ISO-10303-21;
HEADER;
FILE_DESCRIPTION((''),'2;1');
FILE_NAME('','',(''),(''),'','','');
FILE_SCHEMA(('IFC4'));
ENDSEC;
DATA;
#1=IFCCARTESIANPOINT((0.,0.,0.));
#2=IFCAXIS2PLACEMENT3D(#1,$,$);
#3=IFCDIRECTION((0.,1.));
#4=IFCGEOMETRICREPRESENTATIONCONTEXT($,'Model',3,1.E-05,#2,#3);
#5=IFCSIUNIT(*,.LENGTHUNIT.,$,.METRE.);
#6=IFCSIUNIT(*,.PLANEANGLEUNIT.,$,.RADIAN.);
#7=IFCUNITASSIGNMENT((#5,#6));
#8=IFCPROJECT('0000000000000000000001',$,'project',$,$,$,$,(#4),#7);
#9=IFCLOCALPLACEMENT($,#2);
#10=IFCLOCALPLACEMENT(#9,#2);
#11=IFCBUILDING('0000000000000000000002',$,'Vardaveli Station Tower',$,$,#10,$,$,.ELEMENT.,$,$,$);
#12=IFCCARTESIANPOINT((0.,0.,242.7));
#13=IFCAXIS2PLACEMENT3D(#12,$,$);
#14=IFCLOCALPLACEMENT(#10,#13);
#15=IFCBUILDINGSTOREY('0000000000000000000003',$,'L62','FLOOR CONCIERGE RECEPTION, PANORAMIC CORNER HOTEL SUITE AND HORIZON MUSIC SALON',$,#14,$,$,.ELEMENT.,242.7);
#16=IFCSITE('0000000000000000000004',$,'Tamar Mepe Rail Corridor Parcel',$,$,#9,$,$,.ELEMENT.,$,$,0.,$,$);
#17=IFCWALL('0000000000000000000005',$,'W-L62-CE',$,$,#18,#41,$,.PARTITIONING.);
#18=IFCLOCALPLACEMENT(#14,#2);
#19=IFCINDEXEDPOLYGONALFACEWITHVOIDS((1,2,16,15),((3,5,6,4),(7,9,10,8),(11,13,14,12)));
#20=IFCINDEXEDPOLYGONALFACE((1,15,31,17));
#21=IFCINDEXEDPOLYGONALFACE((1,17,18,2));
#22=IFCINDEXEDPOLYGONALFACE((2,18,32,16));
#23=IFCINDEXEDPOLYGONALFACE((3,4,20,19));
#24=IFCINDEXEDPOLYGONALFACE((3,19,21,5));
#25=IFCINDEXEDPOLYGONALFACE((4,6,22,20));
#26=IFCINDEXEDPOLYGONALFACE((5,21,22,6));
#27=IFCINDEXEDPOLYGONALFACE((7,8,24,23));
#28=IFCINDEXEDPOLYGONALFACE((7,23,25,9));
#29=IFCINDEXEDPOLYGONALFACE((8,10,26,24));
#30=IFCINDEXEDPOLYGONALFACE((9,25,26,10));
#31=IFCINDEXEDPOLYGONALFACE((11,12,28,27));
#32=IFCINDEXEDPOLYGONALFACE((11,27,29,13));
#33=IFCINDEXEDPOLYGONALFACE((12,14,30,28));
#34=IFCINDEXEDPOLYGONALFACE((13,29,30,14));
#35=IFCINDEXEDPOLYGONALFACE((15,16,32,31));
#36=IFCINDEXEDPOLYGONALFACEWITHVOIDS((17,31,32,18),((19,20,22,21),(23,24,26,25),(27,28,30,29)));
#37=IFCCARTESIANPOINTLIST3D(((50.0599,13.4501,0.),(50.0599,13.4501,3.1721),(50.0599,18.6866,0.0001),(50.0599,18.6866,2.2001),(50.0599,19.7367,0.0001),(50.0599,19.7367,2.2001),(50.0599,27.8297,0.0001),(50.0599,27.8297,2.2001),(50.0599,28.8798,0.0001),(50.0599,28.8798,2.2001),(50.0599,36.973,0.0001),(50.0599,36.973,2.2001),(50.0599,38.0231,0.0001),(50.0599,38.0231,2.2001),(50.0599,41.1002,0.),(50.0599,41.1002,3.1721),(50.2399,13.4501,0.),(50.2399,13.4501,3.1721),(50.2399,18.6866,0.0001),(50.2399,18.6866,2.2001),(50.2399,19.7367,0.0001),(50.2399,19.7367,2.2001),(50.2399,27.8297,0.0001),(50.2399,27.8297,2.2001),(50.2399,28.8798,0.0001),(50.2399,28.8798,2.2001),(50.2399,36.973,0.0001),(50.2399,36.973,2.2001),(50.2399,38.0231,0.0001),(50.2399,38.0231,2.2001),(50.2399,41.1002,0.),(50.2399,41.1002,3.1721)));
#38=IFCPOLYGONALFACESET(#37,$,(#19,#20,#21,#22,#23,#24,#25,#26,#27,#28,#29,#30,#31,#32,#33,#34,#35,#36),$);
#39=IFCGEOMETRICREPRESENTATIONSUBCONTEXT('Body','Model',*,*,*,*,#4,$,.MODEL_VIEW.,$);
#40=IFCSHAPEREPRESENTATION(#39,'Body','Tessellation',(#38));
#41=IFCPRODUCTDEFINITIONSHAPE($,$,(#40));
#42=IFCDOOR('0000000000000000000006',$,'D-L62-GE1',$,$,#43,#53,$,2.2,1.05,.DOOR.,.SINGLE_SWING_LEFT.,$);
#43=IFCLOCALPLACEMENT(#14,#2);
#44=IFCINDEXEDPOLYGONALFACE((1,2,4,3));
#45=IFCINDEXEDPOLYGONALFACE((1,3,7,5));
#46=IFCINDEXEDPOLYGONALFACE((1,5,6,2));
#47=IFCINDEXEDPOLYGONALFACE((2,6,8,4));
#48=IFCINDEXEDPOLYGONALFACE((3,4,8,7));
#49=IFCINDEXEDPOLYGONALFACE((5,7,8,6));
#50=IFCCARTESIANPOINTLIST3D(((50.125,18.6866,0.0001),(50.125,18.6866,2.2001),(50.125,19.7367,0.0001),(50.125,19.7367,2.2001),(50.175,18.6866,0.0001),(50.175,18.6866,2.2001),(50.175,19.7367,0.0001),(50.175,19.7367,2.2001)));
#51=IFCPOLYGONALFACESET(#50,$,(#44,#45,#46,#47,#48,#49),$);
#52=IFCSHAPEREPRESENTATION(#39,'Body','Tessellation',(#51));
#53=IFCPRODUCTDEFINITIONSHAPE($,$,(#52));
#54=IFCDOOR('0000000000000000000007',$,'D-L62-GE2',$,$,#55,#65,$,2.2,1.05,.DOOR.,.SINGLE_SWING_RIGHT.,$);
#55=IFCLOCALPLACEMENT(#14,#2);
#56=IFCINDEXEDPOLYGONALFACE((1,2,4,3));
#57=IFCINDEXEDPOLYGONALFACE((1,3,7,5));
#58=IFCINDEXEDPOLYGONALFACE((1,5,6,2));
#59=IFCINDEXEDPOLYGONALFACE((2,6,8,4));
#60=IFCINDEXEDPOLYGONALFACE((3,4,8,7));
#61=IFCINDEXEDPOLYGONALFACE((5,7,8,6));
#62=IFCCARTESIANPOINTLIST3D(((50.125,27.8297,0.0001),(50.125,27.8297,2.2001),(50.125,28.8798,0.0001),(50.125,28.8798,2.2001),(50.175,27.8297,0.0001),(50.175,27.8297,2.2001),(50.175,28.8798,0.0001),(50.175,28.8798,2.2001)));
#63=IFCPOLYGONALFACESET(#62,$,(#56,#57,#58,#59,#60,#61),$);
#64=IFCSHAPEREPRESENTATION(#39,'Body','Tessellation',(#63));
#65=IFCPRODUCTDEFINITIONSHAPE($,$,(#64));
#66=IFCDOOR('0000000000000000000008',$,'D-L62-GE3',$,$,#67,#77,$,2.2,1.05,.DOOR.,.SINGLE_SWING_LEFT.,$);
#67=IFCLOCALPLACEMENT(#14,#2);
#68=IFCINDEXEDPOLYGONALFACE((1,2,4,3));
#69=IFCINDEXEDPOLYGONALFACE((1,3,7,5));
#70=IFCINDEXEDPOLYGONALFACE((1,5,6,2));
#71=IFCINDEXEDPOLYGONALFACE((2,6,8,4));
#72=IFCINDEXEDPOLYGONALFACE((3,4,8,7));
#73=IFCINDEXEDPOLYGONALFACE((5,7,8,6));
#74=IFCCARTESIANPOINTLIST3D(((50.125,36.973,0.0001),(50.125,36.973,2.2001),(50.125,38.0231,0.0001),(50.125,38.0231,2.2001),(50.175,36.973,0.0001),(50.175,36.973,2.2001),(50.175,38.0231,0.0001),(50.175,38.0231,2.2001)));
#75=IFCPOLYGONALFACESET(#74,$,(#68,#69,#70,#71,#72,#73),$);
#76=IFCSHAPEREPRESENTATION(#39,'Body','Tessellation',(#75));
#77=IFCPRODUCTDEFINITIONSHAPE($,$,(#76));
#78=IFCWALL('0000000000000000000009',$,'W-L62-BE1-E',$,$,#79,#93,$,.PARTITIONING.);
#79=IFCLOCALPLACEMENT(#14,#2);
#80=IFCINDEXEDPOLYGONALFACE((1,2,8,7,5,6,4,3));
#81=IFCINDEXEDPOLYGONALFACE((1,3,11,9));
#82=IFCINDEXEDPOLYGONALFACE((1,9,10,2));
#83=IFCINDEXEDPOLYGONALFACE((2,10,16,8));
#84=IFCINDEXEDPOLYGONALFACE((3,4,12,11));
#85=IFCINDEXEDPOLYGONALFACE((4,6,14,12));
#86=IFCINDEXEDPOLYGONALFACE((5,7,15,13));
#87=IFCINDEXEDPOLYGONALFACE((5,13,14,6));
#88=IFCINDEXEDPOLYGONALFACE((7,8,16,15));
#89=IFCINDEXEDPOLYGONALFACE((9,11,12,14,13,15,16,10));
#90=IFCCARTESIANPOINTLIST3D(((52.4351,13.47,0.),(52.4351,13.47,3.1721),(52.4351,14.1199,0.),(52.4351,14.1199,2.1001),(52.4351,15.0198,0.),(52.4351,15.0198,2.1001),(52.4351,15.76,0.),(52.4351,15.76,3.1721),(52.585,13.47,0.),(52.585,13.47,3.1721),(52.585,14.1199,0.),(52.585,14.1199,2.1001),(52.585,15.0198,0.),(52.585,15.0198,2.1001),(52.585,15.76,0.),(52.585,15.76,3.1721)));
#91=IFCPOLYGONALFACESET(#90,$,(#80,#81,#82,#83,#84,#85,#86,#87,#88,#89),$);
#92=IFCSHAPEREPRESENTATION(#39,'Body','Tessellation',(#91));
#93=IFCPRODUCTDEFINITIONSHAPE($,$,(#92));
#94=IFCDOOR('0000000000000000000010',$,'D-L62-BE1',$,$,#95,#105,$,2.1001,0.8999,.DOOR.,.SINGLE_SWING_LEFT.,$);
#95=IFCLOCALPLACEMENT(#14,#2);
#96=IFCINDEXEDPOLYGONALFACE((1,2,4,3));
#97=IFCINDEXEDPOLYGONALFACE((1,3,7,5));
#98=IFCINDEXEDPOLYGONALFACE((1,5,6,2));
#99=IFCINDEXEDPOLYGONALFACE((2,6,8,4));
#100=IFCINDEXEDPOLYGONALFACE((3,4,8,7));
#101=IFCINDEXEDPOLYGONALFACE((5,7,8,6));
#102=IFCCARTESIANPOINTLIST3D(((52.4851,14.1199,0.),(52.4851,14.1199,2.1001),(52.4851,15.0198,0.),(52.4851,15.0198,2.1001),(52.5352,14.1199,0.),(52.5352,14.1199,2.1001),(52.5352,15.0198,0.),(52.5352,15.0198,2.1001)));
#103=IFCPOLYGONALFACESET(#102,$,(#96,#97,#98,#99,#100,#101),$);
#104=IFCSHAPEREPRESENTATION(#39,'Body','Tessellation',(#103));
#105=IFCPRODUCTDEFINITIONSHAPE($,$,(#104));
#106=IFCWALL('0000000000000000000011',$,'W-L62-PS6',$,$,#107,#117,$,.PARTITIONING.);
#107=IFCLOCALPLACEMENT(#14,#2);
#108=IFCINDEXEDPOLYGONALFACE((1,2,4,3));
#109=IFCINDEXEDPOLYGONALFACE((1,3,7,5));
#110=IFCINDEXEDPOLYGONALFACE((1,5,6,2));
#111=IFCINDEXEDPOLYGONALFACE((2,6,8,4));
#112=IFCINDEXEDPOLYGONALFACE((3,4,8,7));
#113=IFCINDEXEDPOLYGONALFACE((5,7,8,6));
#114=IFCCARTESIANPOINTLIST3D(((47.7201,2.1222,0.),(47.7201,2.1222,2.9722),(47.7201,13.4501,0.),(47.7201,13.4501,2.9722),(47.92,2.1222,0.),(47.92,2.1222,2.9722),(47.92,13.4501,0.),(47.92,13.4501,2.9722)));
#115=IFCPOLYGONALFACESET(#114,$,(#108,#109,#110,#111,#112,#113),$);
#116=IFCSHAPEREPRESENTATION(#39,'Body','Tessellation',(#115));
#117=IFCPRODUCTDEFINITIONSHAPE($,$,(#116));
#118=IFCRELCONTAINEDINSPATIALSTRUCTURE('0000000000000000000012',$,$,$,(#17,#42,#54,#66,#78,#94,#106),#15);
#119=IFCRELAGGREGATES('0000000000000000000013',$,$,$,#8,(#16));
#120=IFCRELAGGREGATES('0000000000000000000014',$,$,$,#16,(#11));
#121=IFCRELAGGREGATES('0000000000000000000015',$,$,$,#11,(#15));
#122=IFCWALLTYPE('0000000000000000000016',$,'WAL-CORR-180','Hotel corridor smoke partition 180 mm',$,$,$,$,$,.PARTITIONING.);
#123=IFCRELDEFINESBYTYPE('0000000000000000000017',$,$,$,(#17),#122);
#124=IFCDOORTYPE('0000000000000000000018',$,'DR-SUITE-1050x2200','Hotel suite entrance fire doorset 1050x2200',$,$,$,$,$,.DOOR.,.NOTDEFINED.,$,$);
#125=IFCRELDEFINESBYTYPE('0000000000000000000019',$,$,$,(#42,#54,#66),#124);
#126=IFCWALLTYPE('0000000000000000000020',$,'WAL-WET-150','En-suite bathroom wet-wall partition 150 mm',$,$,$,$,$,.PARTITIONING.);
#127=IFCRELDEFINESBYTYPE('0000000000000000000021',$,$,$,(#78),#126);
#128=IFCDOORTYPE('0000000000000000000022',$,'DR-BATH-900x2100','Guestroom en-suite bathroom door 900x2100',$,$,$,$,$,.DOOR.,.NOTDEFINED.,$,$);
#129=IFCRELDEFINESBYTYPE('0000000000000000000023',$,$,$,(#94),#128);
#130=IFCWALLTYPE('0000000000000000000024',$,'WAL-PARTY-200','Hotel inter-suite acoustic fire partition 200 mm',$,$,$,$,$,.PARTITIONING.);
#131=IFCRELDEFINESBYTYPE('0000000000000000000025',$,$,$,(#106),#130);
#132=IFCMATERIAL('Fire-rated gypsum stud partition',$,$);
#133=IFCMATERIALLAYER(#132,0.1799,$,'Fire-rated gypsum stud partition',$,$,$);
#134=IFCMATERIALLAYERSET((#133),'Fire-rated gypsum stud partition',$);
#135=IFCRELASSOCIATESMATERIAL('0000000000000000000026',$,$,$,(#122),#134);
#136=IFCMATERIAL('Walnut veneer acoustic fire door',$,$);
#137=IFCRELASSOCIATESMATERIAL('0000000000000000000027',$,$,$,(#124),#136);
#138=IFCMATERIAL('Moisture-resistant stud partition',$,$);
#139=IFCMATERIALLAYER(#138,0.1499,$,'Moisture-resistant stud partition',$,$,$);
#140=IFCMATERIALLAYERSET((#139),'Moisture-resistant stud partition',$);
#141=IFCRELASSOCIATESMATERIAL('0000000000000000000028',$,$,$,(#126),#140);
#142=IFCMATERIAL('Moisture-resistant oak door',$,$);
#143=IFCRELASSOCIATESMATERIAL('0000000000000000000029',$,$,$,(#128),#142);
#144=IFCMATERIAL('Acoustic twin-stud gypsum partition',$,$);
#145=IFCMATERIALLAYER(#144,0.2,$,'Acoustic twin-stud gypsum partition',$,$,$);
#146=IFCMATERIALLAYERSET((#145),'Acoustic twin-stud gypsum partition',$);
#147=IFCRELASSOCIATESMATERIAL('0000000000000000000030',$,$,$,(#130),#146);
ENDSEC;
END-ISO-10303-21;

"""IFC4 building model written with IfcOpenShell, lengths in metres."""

from ifc_helpers import new_model, si_unit, direction, frame, frame_2d, origin, place, context, subcontext, project, spatial, rectangle, extrude, source, transform, mapped, material, layer, layer_set, type_object, element, fill, save


model = new_model("IFC4")

# Units and contexts
model_context = context("Model", 3, precision=1e-05, world=origin(), true_north=direction((0.0, 1.0)))
body_context = subcontext(model_context, "Body", "Model", "MODEL_VIEW")
ifc_project = project(units=[si_unit("LENGTHUNIT", "METRE"), si_unit("PLANEANGLEUNIT", "RADIAN")], contexts=[model_context])

# Site, building, storey
site_placement = place(None, origin())
site = spatial("IfcSite", under=ifc_project, at=site_placement, Name="Tamar Mepe Rail Corridor Parcel", CompositionType="ELEMENT", RefElevation=0.0)
building_placement = place(site_placement, origin())
building = spatial("IfcBuilding", under=site, at=building_placement, Name="Vardaveli Station Tower", CompositionType="ELEMENT")
storey_placement = place(building_placement, frame((0.0, 0.0, 242.7)))
storey = spatial("IfcBuildingStorey", under=building, at=storey_placement, Name="L62", Description="FLOOR CONCIERGE RECEPTION, PANORAMIC CORNER HOTEL SUITE AND HORIZON MUSIC SALON", CompositionType="ELEMENT", Elevation=242.7)

# Wall, openings, doors
ifc_material_1 = material(Name="Fire-rated gypsum stud partition")
ifc_layer_1 = layer(ifc_material_1, 0.1799, Name="Fire-rated gypsum stud partition")
ifc_layer_set_1 = layer_set([ifc_layer_1], Name="Fire-rated gypsum stud partition")
wall_type_1 = type_object("IfcWallType", Name="WAL-CORR-180", Description="Hotel corridor smoke partition 180 mm", PredefinedType="PARTITIONING", material=ifc_layer_set_1)
shared_shape_1 = source(origin(), body_context, "Body", "SweptSolid", [
    extrude(rectangle(XDim=27.6501, YDim=0.1799, at=frame_2d((13.8252, 0.0))), origin(), (0.0, 0.0, 1.0), 3.1721),
])
wall_1_placement = place(storey_placement, frame((50.1499, 13.45, 0.0), z_axis=(0.0, 0.0, 1.0), x_axis=(0.0, 1.0, 0.0)))
wall_1 = element("IfcWall", 1, at=wall_1_placement, inside=storey, type_object=wall_type_1, Name="W-L62-CE", PredefinedType="PARTITIONING", context=body_context, shape_type="MappedRepresentation", body=[
    mapped(shared_shape_1, transform((0.0, 0.0, 0.0), scale=1.0)),
])
shared_shape_2 = source(origin(), body_context, "Body", "SweptSolid", [
    extrude(rectangle(XDim=1.05, YDim=2.2, at=frame_2d((0.5249, 1.1001))), frame((0.0, 0.1001, 0.0), z_axis=(0.0, -1.0, 0.0), x_axis=(1.0, 0.0, 0.0)), (0.0, 0.0, 1.0), 0.2),
])
opening_1_placement = place(wall_1_placement, frame((5.2368, 0.0, 0.0)))
opening_1 = element("IfcOpeningElement", 2, at=opening_1_placement, cuts=wall_1, PredefinedType="OPENING", context=body_context, shape_type="MappedRepresentation", body=[
    mapped(shared_shape_2, transform((0.0, 0.0, 0.0), scale=1.0)),
])
opening_2_placement = place(wall_1_placement, frame((14.3799, 0.0, 0.0)))
opening_2 = element("IfcOpeningElement", 3, at=opening_2_placement, cuts=wall_1, PredefinedType="OPENING", context=body_context, shape_type="MappedRepresentation", body=[
    mapped(shared_shape_2, transform((0.0, 0.0, 0.0), scale=1.0)),
])
opening_3_placement = place(wall_1_placement, frame((23.5232, 0.0, 0.0)))
opening_3 = element("IfcOpeningElement", 4, at=opening_3_placement, cuts=wall_1, PredefinedType="OPENING", context=body_context, shape_type="MappedRepresentation", body=[
    mapped(shared_shape_2, transform((0.0, 0.0, 0.0), scale=1.0)),
])
ifc_material_2 = material(Name="Walnut veneer acoustic fire door")
door_type_1 = type_object("IfcDoorType", Name="DR-SUITE-1050x2200", Description="Hotel suite entrance fire doorset 1050x2200", OperationType="NOTDEFINED", PredefinedType="DOOR", material=ifc_material_2)
shared_shape_3 = source(origin(), body_context, "Body", "SweptSolid", [
    extrude(rectangle(XDim=1.05, YDim=2.2, at=frame_2d((0.5249, 1.1001))), frame((0.0, 0.0249, 0.0), z_axis=(0.0, -1.0, 0.0), x_axis=(1.0, 0.0, 0.0)), (0.0, 0.0, 1.0), 0.05),
])
door_1_placement = place(opening_1_placement, origin())
door_1 = element("IfcDoor", 5, at=door_1_placement, inside=storey, type_object=door_type_1, Name="D-L62-GE1", OperationType="SINGLE_SWING_LEFT", OverallHeight=2.2, OverallWidth=1.05, PredefinedType="DOOR", context=body_context, shape_type="MappedRepresentation", body=[
    mapped(shared_shape_3, transform((0.0, 0.0, 0.0), scale=1.0)),
])
fill(opening_1, door_1)
door_2_placement = place(opening_2_placement, origin())
door_2 = element("IfcDoor", 6, at=door_2_placement, inside=storey, type_object=door_type_1, Name="D-L62-GE2", OperationType="SINGLE_SWING_RIGHT", OverallHeight=2.2, OverallWidth=1.05, PredefinedType="DOOR", context=body_context, shape_type="MappedRepresentation", body=[
    mapped(shared_shape_3, transform((0.0, 0.0, 0.0), scale=1.0)),
])
fill(opening_2, door_2)
door_3_placement = place(opening_3_placement, origin())
door_3 = element("IfcDoor", 7, at=door_3_placement, inside=storey, type_object=door_type_1, Name="D-L62-GE3", OperationType="SINGLE_SWING_LEFT", OverallHeight=2.2, OverallWidth=1.05, PredefinedType="DOOR", context=body_context, shape_type="MappedRepresentation", body=[
    mapped(shared_shape_3, transform((0.0, 0.0, 0.0), scale=1.0)),
])
fill(opening_3, door_3)

# Wall, opening, door
ifc_material_3 = material(Name="Moisture-resistant stud partition")
ifc_layer_2 = layer(ifc_material_3, 0.1499, Name="Moisture-resistant stud partition")
ifc_layer_set_2 = layer_set([ifc_layer_2], Name="Moisture-resistant stud partition")
wall_type_2 = type_object("IfcWallType", Name="WAL-WET-150", Description="En-suite bathroom wet-wall partition 150 mm", PredefinedType="PARTITIONING", material=ifc_layer_set_2)
shared_shape_4 = source(origin(), body_context, "Body", "SweptSolid", [
    extrude(rectangle(XDim=2.29, YDim=0.1499, at=frame_2d((1.145, 0.0))), origin(), (0.0, 0.0, 1.0), 3.1721),
])
wall_2_placement = place(storey_placement, frame((52.51, 13.47, 0.0), z_axis=(0.0, 0.0, 1.0), x_axis=(0.0, 1.0, 0.0)))
wall_2 = element("IfcWall", 8, at=wall_2_placement, inside=storey, type_object=wall_type_2, Name="W-L62-BE1-E", PredefinedType="PARTITIONING", context=body_context, shape_type="MappedRepresentation", body=[
    mapped(shared_shape_4, transform((0.0, 0.0, 0.0), scale=1.0)),
])
shared_shape_5 = source(origin(), body_context, "Body", "SweptSolid", [
    extrude(rectangle(XDim=0.8999, YDim=2.1001, at=frame_2d((0.45, 1.05))), frame((0.0, 0.085, 0.0), z_axis=(0.0, -1.0, 0.0), x_axis=(1.0, 0.0, 0.0)), (0.0, 0.0, 1.0), 0.1699),
])
opening_4_placement = place(wall_2_placement, frame((0.6499, 0.0, 0.0)))
opening_4 = element("IfcOpeningElement", 9, at=opening_4_placement, cuts=wall_2, PredefinedType="OPENING", context=body_context, shape_type="MappedRepresentation", body=[
    mapped(shared_shape_5, transform((0.0, 0.0, 0.0), scale=1.0)),
])
ifc_material_4 = material(Name="Moisture-resistant oak door")
door_type_2 = type_object("IfcDoorType", Name="DR-BATH-900x2100", Description="Guestroom en-suite bathroom door 900x2100", OperationType="NOTDEFINED", PredefinedType="DOOR", material=ifc_material_4)
shared_shape_6 = source(origin(), body_context, "Body", "SweptSolid", [
    extrude(rectangle(XDim=0.8999, YDim=2.1001, at=frame_2d((0.45, 1.05))), frame((0.0, 0.0249, 0.0), z_axis=(0.0, -1.0, 0.0), x_axis=(1.0, 0.0, 0.0)), (0.0, 0.0, 1.0), 0.05),
])
door_4_placement = place(opening_4_placement, origin())
door_4 = element("IfcDoor", 10, at=door_4_placement, inside=storey, type_object=door_type_2, Name="D-L62-BE1", OperationType="SINGLE_SWING_LEFT", OverallHeight=2.1001, OverallWidth=0.8999, PredefinedType="DOOR", context=body_context, shape_type="MappedRepresentation", body=[
    mapped(shared_shape_6, transform((0.0, 0.0, 0.0), scale=1.0)),
])
fill(opening_4, door_4)

# Wall
ifc_material_5 = material(Name="Acoustic twin-stud gypsum partition")
ifc_layer_3 = layer(ifc_material_5, 0.2, Name="Acoustic twin-stud gypsum partition")
ifc_layer_set_3 = layer_set([ifc_layer_3], Name="Acoustic twin-stud gypsum partition")
wall_type_3 = type_object("IfcWallType", Name="WAL-PARTY-200", Description="Hotel inter-suite acoustic fire partition 200 mm", PredefinedType="PARTITIONING", material=ifc_layer_set_3)
shared_shape_7 = source(origin(), body_context, "Body", "SweptSolid", [
    extrude(rectangle(XDim=11.3279, YDim=0.2, at=frame_2d((5.6641, 0.0))), origin(), (0.0, 0.0, 1.0), 2.9722),
])
wall_3_placement = place(storey_placement, frame((47.8201, 2.1221, 0.0), z_axis=(0.0, 0.0, 1.0), x_axis=(0.0, 1.0, 0.0)))
element("IfcWall", 11, at=wall_3_placement, inside=storey, type_object=wall_type_3, Name="W-L62-PS6", PredefinedType="PARTITIONING", context=body_context, shape_type="MappedRepresentation", body=[
    mapped(shared_shape_7, transform((0.0, 0.0, 0.0), scale=1.0)),
])

save(model, "model.ifc")
